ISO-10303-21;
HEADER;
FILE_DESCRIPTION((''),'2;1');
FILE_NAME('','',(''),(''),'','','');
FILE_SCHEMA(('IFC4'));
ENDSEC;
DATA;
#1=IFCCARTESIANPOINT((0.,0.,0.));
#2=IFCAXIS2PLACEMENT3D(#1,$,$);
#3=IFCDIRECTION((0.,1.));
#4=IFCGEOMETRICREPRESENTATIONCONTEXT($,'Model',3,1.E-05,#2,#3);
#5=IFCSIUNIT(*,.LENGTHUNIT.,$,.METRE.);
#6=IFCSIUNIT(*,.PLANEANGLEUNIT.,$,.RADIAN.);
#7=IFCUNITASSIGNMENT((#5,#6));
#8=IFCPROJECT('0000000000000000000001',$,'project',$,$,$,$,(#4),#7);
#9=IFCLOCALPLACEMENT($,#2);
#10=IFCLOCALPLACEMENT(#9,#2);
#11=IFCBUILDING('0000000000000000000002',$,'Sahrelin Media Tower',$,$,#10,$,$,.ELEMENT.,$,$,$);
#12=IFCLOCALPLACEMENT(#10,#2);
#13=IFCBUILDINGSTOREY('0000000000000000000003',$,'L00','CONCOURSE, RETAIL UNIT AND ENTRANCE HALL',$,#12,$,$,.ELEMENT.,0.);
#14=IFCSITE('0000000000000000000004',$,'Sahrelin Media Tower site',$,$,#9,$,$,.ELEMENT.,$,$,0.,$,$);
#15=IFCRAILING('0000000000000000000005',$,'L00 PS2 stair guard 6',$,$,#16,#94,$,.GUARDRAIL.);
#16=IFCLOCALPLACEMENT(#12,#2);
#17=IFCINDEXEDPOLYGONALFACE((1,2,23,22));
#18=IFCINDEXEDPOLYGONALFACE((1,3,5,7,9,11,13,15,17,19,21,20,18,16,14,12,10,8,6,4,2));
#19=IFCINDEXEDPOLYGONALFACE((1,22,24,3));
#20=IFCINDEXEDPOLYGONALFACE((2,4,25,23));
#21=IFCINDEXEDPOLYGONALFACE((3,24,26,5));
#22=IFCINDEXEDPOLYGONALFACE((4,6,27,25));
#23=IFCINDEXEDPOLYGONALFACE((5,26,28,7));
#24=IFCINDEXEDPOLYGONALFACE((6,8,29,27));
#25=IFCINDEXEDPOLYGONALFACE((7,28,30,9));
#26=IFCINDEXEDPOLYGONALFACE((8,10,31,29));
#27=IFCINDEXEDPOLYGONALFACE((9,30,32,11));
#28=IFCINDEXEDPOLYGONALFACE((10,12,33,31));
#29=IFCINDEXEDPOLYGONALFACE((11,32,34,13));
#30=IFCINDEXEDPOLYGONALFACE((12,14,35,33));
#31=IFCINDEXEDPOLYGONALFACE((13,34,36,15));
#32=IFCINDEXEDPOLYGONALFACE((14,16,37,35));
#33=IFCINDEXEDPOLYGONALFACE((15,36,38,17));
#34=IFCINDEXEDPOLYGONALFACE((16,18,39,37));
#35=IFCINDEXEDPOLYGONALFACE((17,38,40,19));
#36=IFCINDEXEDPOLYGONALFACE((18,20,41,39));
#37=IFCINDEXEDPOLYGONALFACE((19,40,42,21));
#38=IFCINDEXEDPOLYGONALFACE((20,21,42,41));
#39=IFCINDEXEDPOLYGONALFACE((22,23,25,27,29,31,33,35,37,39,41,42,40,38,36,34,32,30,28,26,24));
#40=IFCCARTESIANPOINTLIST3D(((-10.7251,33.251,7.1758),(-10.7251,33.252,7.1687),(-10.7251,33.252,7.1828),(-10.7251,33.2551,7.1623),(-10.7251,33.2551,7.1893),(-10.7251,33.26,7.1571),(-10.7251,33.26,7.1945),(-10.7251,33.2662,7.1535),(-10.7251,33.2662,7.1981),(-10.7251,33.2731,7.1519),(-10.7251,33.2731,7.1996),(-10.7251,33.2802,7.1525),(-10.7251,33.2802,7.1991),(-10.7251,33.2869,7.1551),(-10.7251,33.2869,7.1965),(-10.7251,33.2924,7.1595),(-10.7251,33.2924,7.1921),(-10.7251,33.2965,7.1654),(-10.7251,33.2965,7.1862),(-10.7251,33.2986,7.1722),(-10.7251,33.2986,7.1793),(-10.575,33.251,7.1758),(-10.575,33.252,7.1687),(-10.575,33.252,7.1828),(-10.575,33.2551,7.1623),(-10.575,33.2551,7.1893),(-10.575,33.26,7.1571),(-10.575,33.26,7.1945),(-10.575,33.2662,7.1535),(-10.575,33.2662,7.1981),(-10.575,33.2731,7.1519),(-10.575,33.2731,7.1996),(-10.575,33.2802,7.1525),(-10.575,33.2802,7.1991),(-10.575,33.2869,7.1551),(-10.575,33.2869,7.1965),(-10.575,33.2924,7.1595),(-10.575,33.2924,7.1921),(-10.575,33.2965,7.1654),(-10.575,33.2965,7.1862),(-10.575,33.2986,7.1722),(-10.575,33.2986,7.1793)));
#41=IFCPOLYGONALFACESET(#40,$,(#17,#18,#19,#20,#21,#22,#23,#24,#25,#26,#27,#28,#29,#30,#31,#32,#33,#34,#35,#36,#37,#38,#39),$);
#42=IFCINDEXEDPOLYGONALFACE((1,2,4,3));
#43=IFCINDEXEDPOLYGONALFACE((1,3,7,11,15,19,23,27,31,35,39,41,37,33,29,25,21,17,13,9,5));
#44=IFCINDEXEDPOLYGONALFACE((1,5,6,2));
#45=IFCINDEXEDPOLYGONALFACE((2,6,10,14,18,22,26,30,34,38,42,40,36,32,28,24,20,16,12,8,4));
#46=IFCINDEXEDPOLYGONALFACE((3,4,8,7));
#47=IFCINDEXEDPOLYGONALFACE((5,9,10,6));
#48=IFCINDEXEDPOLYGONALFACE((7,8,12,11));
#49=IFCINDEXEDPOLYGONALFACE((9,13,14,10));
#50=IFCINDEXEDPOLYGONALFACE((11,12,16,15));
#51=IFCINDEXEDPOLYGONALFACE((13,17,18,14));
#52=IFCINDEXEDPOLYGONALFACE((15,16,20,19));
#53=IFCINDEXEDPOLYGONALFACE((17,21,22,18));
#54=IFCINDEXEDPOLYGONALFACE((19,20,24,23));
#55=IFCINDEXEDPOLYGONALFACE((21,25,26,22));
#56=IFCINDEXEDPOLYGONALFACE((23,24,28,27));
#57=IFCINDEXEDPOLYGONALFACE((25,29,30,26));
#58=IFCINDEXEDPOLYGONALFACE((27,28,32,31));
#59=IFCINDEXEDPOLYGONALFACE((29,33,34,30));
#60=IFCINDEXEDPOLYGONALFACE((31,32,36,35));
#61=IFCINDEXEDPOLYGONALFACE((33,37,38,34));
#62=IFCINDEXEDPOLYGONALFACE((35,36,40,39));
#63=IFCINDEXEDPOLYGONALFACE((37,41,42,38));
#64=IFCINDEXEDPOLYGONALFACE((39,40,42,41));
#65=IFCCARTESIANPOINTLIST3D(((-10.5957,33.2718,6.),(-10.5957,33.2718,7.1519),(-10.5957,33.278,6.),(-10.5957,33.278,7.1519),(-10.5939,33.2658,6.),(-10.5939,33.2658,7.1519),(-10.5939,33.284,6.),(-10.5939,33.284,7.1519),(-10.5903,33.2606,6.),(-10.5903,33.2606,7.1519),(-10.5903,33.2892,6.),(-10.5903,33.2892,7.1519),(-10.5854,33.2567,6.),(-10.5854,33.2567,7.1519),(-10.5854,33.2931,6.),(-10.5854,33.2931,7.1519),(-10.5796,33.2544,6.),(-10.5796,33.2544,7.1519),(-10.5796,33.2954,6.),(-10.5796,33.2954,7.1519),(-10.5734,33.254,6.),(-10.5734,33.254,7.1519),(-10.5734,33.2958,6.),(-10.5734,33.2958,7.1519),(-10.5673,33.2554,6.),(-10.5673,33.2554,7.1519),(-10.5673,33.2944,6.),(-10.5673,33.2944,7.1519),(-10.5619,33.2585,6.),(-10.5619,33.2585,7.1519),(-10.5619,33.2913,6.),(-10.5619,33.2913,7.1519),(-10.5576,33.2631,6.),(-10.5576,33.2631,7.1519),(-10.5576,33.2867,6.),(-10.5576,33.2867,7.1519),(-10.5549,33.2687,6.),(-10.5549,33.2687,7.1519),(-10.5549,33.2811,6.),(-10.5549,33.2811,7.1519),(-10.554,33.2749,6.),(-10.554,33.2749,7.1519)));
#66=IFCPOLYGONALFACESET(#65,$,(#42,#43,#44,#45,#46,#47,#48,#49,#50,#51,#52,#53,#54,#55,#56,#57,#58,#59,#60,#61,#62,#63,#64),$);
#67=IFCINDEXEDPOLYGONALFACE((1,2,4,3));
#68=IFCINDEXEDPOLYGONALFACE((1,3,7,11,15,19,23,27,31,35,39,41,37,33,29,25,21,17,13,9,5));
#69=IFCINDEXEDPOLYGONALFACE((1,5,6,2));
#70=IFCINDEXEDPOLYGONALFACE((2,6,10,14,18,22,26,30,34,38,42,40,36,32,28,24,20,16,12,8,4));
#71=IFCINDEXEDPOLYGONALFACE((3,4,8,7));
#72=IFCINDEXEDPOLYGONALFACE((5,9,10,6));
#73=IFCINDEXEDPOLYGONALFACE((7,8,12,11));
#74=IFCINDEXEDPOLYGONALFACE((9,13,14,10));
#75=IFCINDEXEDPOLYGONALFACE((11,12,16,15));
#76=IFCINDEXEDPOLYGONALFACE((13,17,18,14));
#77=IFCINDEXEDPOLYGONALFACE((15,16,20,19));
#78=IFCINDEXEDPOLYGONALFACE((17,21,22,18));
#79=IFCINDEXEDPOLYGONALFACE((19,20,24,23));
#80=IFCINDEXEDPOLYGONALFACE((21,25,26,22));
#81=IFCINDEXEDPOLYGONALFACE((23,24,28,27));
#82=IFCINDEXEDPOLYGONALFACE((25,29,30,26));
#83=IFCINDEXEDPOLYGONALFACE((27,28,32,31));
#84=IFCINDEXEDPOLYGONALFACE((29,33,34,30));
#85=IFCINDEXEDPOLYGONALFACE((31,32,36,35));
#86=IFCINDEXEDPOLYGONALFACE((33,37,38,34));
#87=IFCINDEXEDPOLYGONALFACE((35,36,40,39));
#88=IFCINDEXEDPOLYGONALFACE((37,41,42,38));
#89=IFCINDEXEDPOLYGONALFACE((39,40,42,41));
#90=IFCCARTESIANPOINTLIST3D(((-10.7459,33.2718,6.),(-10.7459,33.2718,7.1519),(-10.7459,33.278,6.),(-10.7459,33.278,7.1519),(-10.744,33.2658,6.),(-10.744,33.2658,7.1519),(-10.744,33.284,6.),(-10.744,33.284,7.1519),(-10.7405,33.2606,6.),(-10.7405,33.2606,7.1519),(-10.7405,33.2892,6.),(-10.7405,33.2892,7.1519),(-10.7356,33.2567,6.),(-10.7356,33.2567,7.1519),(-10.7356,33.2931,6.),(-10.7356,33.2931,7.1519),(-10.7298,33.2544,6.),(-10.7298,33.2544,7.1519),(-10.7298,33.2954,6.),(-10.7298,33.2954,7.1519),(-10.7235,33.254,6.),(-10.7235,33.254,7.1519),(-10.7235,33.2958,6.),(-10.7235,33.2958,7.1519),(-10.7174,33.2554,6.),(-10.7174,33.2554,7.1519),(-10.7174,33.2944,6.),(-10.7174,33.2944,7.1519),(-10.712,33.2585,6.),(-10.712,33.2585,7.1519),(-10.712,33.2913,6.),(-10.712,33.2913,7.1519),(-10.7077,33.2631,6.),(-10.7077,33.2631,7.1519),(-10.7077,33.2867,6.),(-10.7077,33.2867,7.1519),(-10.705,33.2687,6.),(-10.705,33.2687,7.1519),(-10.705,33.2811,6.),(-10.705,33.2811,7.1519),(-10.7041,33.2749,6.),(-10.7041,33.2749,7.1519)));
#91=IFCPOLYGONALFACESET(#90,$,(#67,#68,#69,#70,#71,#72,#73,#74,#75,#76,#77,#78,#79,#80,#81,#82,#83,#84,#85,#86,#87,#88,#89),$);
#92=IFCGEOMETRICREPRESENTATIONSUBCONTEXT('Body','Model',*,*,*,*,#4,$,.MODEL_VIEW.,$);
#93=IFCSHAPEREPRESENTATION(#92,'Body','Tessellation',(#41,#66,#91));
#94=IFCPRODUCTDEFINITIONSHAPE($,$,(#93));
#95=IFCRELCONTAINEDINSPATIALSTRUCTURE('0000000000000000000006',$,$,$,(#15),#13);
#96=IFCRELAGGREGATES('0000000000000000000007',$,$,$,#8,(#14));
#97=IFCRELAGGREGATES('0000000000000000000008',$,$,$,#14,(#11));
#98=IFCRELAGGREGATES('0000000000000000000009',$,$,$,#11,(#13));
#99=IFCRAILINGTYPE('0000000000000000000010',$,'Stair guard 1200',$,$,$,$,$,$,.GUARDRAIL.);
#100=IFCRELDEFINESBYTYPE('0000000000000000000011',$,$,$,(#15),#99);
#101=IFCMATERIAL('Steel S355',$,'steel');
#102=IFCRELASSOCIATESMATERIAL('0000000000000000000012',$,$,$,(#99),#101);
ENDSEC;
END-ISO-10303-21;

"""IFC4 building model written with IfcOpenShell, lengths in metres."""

from ifc_helpers import new_model, si_unit, direction, frame, origin, origin_2d, place, context, subcontext, project, spatial, circle, extrude, material, type_object, element, save


model = new_model("IFC4")

# Units and contexts
model_context = context("Model", 3, precision=1e-05, world=origin(), true_north=direction((0.0, 1.0)))
body_context = subcontext(model_context, "Body", "Model", "MODEL_VIEW")
ifc_project = project(units=[si_unit("LENGTHUNIT", "METRE"), si_unit("PLANEANGLEUNIT", "RADIAN")], contexts=[model_context])

# Site, building, storey
site_placement = place(None, origin())
site = spatial("IfcSite", under=ifc_project, at=site_placement, Name="Sahrelin Media Tower site", CompositionType="ELEMENT", RefElevation=0.0)
building_placement = place(site_placement, origin())
building = spatial("IfcBuilding", under=site, at=building_placement, Name="Sahrelin Media Tower", CompositionType="ELEMENT")
storey_placement = place(building_placement, origin())
storey = spatial("IfcBuildingStorey", under=building, at=storey_placement, Name="L00", Description="CONCOURSE, RETAIL UNIT AND ENTRANCE HALL", CompositionType="ELEMENT", Elevation=0.0)

# Shared definitions
ifc_material_1 = material(Name="Steel S355", Category="steel")

# Railing
railing_type = type_object("IfcRailingType", Name="Stair guard 1200", PredefinedType="GUARDRAIL", material=ifc_material_1)
railing_1_placement = place(storey_placement, frame((-10.575, 33.2749, 6.0)))
element("IfcRailing", 1, at=railing_1_placement, inside=storey, type_object=railing_type, Name="L00 PS2 stair guard 6", PredefinedType="GUARDRAIL", context=body_context, shape_type="SweptSolid", body=[
    extrude(circle(Radius=0.0239, at=origin_2d()), frame((0.0, 0.0, 1.1758), z_axis=(-1.0, 0.0, 0.0), x_axis=(0.0, -1.0, 0.0)), (0.0, 0.0, 1.0), 0.1501),
    extrude(circle(Radius=0.021, at=origin_2d()), origin(), (0.0, 0.0, 1.0), 1.1519),
    extrude(circle(Radius=0.021, at=origin_2d()), frame((-0.1501, 0.0, 0.0)), (0.0, 0.0, 1.0), 1.1519),
])

save(model, "model.ifc")
